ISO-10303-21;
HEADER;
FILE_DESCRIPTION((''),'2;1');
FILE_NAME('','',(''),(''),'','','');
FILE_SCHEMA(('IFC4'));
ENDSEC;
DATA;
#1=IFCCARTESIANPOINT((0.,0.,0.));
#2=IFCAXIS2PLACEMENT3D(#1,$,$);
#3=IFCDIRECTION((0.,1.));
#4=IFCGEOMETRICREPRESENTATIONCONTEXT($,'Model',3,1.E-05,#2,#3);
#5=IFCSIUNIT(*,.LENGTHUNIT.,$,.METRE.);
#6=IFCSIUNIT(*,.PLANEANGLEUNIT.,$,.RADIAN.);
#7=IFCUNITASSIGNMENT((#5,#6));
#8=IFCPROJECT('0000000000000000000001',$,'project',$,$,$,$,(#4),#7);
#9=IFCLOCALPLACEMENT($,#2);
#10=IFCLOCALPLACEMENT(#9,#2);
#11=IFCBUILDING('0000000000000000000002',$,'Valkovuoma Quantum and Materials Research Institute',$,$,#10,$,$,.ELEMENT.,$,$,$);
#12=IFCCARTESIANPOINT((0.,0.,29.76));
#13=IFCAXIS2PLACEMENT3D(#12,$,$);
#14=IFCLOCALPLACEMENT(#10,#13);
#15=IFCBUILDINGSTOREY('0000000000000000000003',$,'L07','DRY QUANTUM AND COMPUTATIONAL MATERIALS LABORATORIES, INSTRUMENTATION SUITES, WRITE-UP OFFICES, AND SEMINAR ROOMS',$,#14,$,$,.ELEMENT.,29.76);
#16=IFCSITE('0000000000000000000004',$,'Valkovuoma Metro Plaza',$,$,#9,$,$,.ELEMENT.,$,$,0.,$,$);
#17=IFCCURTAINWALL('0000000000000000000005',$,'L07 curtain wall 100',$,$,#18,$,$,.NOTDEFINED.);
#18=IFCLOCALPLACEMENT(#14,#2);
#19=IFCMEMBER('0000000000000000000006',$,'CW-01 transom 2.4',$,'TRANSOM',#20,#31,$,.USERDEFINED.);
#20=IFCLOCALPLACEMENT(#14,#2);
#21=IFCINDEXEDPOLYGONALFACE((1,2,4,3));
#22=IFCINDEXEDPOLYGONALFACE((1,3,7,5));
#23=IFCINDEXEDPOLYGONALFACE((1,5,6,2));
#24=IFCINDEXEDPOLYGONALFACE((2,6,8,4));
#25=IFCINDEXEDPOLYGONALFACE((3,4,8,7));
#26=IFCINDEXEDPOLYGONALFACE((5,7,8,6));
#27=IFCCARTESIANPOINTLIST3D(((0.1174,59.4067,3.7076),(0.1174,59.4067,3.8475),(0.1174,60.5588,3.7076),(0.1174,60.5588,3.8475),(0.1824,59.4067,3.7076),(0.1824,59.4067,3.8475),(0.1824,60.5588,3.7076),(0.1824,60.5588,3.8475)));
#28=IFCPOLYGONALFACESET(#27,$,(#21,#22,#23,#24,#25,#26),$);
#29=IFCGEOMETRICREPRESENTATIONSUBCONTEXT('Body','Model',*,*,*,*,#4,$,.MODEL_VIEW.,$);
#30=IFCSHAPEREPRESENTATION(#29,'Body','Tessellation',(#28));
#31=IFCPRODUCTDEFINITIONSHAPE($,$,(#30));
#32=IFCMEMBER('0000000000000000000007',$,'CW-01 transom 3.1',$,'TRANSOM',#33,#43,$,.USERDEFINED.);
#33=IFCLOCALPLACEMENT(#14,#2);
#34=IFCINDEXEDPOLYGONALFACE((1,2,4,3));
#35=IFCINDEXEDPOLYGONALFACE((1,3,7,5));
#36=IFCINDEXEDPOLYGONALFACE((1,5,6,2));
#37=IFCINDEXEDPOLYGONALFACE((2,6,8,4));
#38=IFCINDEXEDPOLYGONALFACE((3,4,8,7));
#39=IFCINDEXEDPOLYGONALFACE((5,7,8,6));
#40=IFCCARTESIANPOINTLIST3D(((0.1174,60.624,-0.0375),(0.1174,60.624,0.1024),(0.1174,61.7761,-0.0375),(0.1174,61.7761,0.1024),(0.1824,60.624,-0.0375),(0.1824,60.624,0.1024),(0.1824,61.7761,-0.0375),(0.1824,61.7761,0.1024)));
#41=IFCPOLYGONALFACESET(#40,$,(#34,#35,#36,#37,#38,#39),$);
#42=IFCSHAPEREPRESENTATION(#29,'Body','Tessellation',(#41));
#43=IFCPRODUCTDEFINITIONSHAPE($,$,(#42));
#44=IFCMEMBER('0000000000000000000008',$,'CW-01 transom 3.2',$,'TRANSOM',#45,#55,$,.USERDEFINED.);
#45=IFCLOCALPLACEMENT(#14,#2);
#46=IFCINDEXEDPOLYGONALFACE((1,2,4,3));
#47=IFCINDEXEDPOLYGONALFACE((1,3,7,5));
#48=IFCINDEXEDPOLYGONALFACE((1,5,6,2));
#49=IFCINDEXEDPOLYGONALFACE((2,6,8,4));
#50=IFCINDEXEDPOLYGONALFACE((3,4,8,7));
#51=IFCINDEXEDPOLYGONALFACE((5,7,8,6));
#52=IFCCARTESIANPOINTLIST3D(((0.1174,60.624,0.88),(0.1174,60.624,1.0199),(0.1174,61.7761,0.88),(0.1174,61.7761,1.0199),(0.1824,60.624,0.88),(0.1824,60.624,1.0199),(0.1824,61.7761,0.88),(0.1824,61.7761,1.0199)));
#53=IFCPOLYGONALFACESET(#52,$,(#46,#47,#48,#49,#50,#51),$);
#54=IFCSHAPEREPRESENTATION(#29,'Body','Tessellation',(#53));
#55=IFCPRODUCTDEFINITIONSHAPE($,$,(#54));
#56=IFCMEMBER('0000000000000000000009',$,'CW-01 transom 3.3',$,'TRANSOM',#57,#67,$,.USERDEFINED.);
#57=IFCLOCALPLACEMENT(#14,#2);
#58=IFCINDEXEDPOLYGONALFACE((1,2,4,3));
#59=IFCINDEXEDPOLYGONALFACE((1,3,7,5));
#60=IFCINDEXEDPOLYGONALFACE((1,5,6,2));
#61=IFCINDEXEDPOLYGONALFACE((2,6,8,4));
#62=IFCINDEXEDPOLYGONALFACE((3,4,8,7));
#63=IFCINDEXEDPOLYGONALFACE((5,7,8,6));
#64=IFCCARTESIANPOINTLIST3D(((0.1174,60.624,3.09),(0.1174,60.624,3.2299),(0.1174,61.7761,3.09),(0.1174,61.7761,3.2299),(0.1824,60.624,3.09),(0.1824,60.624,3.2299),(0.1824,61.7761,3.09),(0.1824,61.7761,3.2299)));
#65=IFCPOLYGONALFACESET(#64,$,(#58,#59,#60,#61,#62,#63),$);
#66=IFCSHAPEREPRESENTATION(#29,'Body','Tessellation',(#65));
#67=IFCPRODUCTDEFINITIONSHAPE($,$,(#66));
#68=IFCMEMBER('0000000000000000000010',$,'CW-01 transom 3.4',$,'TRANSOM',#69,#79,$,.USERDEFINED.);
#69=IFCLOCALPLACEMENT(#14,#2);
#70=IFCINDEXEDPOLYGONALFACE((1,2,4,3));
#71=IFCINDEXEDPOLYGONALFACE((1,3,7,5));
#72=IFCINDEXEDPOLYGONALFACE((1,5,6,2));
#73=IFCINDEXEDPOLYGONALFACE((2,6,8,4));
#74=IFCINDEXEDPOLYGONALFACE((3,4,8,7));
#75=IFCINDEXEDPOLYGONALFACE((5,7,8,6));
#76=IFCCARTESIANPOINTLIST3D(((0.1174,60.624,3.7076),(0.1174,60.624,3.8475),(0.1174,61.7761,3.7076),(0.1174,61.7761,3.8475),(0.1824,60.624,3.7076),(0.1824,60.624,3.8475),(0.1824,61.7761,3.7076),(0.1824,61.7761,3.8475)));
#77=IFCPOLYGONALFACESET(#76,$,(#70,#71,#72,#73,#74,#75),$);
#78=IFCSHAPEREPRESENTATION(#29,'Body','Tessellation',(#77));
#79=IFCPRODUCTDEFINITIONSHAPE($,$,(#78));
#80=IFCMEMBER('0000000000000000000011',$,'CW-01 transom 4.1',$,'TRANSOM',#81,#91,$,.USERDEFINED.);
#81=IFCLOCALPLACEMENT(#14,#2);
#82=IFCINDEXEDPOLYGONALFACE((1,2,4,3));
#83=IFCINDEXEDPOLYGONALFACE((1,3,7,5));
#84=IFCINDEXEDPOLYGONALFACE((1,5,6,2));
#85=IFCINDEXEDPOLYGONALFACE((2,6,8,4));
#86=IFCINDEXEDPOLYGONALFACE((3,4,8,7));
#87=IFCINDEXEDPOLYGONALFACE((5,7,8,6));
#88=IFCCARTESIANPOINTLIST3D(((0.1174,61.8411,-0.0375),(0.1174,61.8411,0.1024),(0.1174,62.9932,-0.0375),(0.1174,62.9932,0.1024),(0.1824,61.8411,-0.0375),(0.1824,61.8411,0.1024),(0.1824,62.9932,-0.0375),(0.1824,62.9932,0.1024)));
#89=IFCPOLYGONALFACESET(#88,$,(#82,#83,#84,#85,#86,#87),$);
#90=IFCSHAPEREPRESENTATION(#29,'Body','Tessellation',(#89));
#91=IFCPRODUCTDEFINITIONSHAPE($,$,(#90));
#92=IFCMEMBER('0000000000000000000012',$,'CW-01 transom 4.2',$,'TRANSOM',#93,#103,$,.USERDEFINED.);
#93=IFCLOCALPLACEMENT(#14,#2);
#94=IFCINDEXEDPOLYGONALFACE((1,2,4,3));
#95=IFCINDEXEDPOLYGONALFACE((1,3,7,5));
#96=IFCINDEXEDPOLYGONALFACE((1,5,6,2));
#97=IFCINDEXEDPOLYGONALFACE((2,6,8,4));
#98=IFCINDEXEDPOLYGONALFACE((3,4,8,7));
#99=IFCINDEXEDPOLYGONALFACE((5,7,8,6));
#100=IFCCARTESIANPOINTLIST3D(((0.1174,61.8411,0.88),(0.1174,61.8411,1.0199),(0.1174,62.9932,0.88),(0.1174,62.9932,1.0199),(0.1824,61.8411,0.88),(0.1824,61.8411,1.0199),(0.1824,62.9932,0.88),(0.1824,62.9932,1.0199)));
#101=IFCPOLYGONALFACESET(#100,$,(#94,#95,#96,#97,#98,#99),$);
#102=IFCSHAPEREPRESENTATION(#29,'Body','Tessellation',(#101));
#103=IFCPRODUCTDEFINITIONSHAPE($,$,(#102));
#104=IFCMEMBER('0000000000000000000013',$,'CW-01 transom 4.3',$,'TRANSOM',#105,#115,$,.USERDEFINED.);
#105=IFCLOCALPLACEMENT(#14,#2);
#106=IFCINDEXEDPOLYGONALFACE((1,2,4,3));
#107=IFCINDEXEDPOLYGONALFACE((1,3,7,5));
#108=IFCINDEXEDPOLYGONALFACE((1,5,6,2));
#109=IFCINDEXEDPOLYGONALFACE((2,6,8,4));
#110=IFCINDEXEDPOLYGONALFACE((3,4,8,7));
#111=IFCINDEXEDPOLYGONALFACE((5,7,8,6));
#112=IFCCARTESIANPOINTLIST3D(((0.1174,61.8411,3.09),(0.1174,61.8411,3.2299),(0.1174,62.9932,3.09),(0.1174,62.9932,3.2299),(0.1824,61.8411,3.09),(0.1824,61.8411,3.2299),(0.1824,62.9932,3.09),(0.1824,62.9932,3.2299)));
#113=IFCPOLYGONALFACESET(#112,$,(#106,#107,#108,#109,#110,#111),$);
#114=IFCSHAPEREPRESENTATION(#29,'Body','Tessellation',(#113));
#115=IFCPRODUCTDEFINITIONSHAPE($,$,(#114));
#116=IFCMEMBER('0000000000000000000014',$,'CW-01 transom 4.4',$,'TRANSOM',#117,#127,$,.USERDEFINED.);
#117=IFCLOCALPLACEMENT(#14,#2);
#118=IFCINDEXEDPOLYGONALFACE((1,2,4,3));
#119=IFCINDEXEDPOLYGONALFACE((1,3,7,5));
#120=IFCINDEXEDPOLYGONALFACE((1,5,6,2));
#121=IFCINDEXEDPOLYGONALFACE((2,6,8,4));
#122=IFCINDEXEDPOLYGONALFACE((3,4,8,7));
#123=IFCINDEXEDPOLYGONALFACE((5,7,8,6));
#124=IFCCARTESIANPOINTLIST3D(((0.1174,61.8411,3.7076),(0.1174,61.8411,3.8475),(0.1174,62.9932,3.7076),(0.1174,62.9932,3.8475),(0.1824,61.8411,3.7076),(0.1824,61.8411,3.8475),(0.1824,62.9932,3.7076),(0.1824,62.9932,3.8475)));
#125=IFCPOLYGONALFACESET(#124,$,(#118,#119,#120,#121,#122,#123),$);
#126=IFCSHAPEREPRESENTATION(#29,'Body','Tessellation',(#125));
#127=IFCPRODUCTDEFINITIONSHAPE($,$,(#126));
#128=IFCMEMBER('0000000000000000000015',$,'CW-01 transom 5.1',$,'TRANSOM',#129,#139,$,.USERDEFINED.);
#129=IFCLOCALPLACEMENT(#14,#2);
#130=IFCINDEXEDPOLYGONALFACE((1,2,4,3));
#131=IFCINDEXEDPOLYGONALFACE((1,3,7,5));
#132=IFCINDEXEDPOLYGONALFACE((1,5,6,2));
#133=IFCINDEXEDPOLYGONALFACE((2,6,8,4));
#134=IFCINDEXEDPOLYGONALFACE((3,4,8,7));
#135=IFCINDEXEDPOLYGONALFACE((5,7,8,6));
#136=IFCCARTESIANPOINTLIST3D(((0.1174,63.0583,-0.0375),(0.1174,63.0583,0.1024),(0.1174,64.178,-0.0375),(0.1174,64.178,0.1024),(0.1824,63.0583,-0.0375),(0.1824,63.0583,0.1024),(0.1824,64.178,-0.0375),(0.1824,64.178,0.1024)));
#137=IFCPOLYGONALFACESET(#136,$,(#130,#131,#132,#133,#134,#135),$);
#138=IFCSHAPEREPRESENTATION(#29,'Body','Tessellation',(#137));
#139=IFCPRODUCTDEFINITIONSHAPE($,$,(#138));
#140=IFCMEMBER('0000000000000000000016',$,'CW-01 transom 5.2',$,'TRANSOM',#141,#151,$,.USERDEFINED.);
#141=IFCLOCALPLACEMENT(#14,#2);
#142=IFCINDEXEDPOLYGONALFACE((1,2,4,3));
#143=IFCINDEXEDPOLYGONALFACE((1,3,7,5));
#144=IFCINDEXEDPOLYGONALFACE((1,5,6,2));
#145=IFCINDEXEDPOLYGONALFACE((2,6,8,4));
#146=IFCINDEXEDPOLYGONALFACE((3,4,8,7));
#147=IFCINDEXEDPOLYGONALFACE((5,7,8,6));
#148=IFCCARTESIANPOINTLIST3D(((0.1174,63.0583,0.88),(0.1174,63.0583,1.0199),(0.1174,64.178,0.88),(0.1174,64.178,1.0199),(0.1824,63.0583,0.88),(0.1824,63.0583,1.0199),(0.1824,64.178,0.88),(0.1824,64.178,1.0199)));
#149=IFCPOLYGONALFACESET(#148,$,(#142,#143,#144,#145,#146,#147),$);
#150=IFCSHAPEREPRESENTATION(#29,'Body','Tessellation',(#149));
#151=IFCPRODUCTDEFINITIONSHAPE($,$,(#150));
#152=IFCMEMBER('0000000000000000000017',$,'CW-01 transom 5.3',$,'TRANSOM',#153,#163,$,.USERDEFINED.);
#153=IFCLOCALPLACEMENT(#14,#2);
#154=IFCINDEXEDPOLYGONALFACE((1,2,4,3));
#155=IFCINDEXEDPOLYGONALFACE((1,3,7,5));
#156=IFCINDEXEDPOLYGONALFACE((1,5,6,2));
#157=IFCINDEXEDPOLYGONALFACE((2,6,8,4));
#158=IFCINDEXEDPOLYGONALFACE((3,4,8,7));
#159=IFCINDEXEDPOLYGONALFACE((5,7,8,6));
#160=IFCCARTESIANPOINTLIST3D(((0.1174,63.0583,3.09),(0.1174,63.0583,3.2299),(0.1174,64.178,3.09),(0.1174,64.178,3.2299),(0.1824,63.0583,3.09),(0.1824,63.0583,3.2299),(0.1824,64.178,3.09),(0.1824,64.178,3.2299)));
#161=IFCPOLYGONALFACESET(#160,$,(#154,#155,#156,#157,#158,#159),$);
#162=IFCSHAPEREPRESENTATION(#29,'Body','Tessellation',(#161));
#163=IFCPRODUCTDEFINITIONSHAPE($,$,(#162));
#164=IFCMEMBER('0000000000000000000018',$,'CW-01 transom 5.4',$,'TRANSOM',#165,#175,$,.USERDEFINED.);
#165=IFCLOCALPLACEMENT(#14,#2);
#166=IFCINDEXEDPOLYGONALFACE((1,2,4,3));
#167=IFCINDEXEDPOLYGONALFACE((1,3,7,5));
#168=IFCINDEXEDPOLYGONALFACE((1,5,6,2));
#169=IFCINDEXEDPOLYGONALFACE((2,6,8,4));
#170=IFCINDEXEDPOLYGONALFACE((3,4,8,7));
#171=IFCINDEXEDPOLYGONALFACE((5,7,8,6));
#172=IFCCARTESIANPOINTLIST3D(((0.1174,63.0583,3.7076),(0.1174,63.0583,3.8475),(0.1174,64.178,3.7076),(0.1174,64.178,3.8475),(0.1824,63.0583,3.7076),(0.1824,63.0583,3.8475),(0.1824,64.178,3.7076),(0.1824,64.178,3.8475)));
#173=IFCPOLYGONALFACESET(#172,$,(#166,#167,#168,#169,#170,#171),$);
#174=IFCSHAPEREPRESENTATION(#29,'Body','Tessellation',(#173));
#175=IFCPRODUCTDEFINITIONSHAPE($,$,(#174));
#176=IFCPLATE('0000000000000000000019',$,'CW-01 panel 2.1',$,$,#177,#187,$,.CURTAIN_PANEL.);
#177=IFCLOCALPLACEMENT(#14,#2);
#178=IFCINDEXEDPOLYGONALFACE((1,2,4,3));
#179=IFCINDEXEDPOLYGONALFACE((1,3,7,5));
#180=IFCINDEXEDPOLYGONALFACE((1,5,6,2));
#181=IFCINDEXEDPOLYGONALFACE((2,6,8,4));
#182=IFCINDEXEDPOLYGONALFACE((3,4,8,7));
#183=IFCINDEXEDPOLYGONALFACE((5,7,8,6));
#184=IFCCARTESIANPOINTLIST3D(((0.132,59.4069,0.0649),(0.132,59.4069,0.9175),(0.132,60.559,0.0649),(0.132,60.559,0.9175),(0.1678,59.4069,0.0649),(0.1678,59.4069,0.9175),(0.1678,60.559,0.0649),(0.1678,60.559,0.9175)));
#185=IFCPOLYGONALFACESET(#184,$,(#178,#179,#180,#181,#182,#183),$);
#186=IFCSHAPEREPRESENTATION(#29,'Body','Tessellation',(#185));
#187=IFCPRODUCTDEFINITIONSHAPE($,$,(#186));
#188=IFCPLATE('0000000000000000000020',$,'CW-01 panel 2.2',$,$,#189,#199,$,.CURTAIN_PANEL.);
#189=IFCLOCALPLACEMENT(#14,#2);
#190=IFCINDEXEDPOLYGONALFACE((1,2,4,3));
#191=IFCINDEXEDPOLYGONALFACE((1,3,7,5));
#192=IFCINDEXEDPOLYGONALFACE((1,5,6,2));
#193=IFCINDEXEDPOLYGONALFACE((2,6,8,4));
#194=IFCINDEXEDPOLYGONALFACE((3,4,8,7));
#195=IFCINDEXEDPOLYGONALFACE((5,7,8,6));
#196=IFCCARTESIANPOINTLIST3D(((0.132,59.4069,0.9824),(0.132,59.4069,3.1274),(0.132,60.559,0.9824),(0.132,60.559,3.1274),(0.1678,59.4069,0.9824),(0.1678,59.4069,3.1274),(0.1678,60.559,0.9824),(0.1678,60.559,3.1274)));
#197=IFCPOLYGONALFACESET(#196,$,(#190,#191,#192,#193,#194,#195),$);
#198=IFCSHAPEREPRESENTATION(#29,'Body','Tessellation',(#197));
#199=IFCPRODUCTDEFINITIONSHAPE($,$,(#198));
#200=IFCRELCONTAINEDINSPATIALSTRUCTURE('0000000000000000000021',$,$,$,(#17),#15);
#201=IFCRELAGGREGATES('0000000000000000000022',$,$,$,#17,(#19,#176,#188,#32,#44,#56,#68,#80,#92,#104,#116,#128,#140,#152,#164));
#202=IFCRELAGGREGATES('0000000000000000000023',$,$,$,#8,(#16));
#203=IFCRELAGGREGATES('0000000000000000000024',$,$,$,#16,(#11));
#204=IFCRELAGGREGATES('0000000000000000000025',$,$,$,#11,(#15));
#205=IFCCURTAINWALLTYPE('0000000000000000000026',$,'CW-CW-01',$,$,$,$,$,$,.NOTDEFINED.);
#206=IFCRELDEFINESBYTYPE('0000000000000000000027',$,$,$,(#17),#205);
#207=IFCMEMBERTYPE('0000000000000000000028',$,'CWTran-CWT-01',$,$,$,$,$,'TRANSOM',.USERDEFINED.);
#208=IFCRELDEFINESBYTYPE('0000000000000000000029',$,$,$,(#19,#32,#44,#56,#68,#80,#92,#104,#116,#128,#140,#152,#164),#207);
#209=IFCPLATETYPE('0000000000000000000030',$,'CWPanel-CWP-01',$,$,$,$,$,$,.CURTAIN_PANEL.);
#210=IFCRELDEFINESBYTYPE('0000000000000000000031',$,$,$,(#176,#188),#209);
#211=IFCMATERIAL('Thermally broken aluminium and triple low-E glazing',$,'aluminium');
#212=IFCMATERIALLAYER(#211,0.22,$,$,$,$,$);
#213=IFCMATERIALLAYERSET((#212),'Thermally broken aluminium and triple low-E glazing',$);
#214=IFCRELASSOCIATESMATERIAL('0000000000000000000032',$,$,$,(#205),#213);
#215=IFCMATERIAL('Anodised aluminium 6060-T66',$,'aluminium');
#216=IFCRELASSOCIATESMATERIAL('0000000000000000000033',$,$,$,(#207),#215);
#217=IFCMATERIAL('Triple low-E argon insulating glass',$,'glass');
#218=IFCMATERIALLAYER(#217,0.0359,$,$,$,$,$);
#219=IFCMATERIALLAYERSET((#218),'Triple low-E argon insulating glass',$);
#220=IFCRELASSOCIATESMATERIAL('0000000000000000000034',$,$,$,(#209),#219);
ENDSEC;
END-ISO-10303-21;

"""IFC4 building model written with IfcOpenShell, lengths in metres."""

from ifc_helpers import new_model, si_unit, direction, frame, origin, origin_2d, place, context, subcontext, project, spatial, rectangle, extrude, material, layer, layer_set, material_profile, profile_set, type_object, element, aggregate, save


model = new_model("IFC4")

# Units and contexts
model_context = context("Model", 3, precision=1e-05, world=origin(), true_north=direction((0.0, 1.0)))
body_context = subcontext(model_context, "Body", "Model", "MODEL_VIEW")
ifc_project = project(units=[si_unit("LENGTHUNIT", "METRE"), si_unit("PLANEANGLEUNIT", "RADIAN")], contexts=[model_context])

# Site, building, storey
site_placement = place(None, origin())
site = spatial("IfcSite", under=ifc_project, at=site_placement, Name="Valkovuoma Metro Plaza", CompositionType="ELEMENT", RefElevation=0.0)
building_placement = place(site_placement, origin())
building = spatial("IfcBuilding", under=site, at=building_placement, Name="Valkovuoma Quantum and Materials Research Institute", CompositionType="ELEMENT")
storey_placement = place(building_placement, frame((0.0, 0.0, 29.76)))
storey = spatial("IfcBuildingStorey", under=building, at=storey_placement, Name="L07", Description="DRY QUANTUM AND COMPUTATIONAL MATERIALS LABORATORIES, INSTRUMENTATION SUITES, WRITE-UP OFFICES, AND SEMINAR ROOMS", CompositionType="ELEMENT", Elevation=29.76)

# Curtain wall, members, plates
ifc_material_1 = material(Name="Thermally broken aluminium and triple low-E glazing", Category="aluminium")
ifc_layer_1 = layer(ifc_material_1, 0.22)
ifc_layer_set_1 = layer_set([ifc_layer_1], Name="Thermally broken aluminium and triple low-E glazing")
curtain_wall_type = type_object("IfcCurtainWallType", Name="CW-CW-01", PredefinedType="NOTDEFINED", material=ifc_layer_set_1)
curtain_wall_placement = place(storey_placement, origin())
curtain_wall = element("IfcCurtainWall", 1, at=curtain_wall_placement, inside=storey, type_object=curtain_wall_type, Name="L07 curtain wall 100", PredefinedType="NOTDEFINED")
ifc_material_2 = material(Name="Anodised aluminium 6060-T66", Category="aluminium")
ifc_material_profile_1 = material_profile(ifc_material_2, rectangle(XDim=0.0649, YDim=0.1399, at=origin_2d()), Name="Anodised aluminium 6060-T66")
ifc_profile_set_1 = profile_set([ifc_material_profile_1], Name="Anodised aluminium 6060-T66")
member_type_1 = type_object("IfcMemberType", Name="CWTran-CWT-01", ElementType="TRANSOM", PredefinedType="USERDEFINED", material=ifc_profile_set_1)
member_1_placement = place(storey_placement, frame((0.1499, 59.4067, 3.7776), z_axis=(0.0, 1.0, 0.0), x_axis=(-1.0, 0.0, 0.0)))
member_1 = element("IfcMember", 2, at=member_1_placement, type_object=member_type_1, Name="CW-01 transom 2.4", ObjectType="TRANSOM", PredefinedType="USERDEFINED", context=body_context, shape_type="SweptSolid", body=[
    extrude(rectangle(XDim=0.0649, YDim=0.1399, at=origin_2d()), origin(), (0.0, 0.0, 1.0), 1.1521),
])
member_2_placement = place(storey_placement, frame((0.1499, 60.624, 0.0325), z_axis=(0.0, 1.0, 0.0), x_axis=(-1.0, 0.0, 0.0)))
member_2 = element("IfcMember", 3, at=member_2_placement, type_object=member_type_1, Name="CW-01 transom 3.1", ObjectType="TRANSOM", PredefinedType="USERDEFINED", context=body_context, shape_type="SweptSolid", body=[
    extrude(rectangle(XDim=0.0649, YDim=0.1399, at=origin_2d()), origin(), (0.0, 0.0, 1.0), 1.1521),
])
member_3_placement = place(storey_placement, frame((0.1499, 60.624, 0.95), z_axis=(0.0, 1.0, 0.0), x_axis=(-1.0, 0.0, 0.0)))
member_3 = element("IfcMember", 4, at=member_3_placement, type_object=member_type_1, Name="CW-01 transom 3.2", ObjectType="TRANSOM", PredefinedType="USERDEFINED", context=body_context, shape_type="SweptSolid", body=[
    extrude(rectangle(XDim=0.0649, YDim=0.1399, at=origin_2d()), origin(), (0.0, 0.0, 1.0), 1.1521),
])
member_4_placement = place(storey_placement, frame((0.1499, 60.624, 3.1599), z_axis=(0.0, 1.0, 0.0), x_axis=(-1.0, 0.0, 0.0)))
member_4 = element("IfcMember", 5, at=member_4_placement, type_object=member_type_1, Name="CW-01 transom 3.3", ObjectType="TRANSOM", PredefinedType="USERDEFINED", context=body_context, shape_type="SweptSolid", body=[
    extrude(rectangle(XDim=0.0649, YDim=0.1399, at=origin_2d()), origin(), (0.0, 0.0, 1.0), 1.1521),
])
member_5_placement = place(storey_placement, frame((0.1499, 60.624, 3.7776), z_axis=(0.0, 1.0, 0.0), x_axis=(-1.0, 0.0, 0.0)))
member_5 = element("IfcMember", 6, at=member_5_placement, type_object=member_type_1, Name="CW-01 transom 3.4", ObjectType="TRANSOM", PredefinedType="USERDEFINED", context=body_context, shape_type="SweptSolid", body=[
    extrude(rectangle(XDim=0.0649, YDim=0.1399, at=origin_2d()), origin(), (0.0, 0.0, 1.0), 1.1521),
])
member_6_placement = place(storey_placement, frame((0.1499, 61.8411, 0.0325), z_axis=(0.0, 1.0, 0.0), x_axis=(-1.0, 0.0, 0.0)))
member_6 = element("IfcMember", 7, at=member_6_placement, type_object=member_type_1, Name="CW-01 transom 4.1", ObjectType="TRANSOM", PredefinedType="USERDEFINED", context=body_context, shape_type="SweptSolid", body=[
    extrude(rectangle(XDim=0.0649, YDim=0.1399, at=origin_2d()), origin(), (0.0, 0.0, 1.0), 1.1521),
])
member_7_placement = place(storey_placement, frame((0.1499, 61.8411, 0.95), z_axis=(0.0, 1.0, 0.0), x_axis=(-1.0, 0.0, 0.0)))
member_7 = element("IfcMember", 8, at=member_7_placement, type_object=member_type_1, Name="CW-01 transom 4.2", ObjectType="TRANSOM", PredefinedType="USERDEFINED", context=body_context, shape_type="SweptSolid", body=[
    extrude(rectangle(XDim=0.0649, YDim=0.1399, at=origin_2d()), origin(), (0.0, 0.0, 1.0), 1.1521),
])
member_8_placement = place(storey_placement, frame((0.1499, 61.8411, 3.1599), z_axis=(0.0, 1.0, 0.0), x_axis=(-1.0, 0.0, 0.0)))
member_8 = element("IfcMember", 9, at=member_8_placement, type_object=member_type_1, Name="CW-01 transom 4.3", ObjectType="TRANSOM", PredefinedType="USERDEFINED", context=body_context, shape_type="SweptSolid", body=[
    extrude(rectangle(XDim=0.0649, YDim=0.1399, at=origin_2d()), origin(), (0.0, 0.0, 1.0), 1.1521),
])
member_9_placement = place(storey_placement, frame((0.1499, 61.8411, 3.7776), z_axis=(0.0, 1.0, 0.0), x_axis=(-1.0, 0.0, 0.0)))
member_9 = element("IfcMember", 10, at=member_9_placement, type_object=member_type_1, Name="CW-01 transom 4.4", ObjectType="TRANSOM", PredefinedType="USERDEFINED", context=body_context, shape_type="SweptSolid", body=[
    extrude(rectangle(XDim=0.0649, YDim=0.1399, at=origin_2d()), origin(), (0.0, 0.0, 1.0), 1.1521),
])
member_10_placement = place(storey_placement, frame((0.1499, 63.0583, 0.0325), z_axis=(0.0, 1.0, 0.0), x_axis=(-1.0, 0.0, 0.0)))
member_10 = element("IfcMember", 11, at=member_10_placement, type_object=member_type_1, Name="CW-01 transom 5.1", ObjectType="TRANSOM", PredefinedType="USERDEFINED", context=body_context, shape_type="SweptSolid", body=[
    extrude(rectangle(XDim=0.0649, YDim=0.1399, at=origin_2d()), origin(), (0.0, 0.0, 1.0), 1.1196),
])
member_11_placement = place(storey_placement, frame((0.1499, 63.0583, 0.95), z_axis=(0.0, 1.0, 0.0), x_axis=(-1.0, 0.0, 0.0)))
member_11 = element("IfcMember", 12, at=member_11_placement, type_object=member_type_1, Name="CW-01 transom 5.2", ObjectType="TRANSOM", PredefinedType="USERDEFINED", context=body_context, shape_type="SweptSolid", body=[
    extrude(rectangle(XDim=0.0649, YDim=0.1399, at=origin_2d()), origin(), (0.0, 0.0, 1.0), 1.1196),
])
member_12_placement = place(storey_placement, frame((0.1499, 63.0583, 3.1599), z_axis=(0.0, 1.0, 0.0), x_axis=(-1.0, 0.0, 0.0)))
member_12 = element("IfcMember", 13, at=member_12_placement, type_object=member_type_1, Name="CW-01 transom 5.3", ObjectType="TRANSOM", PredefinedType="USERDEFINED", context=body_context, shape_type="SweptSolid", body=[
    extrude(rectangle(XDim=0.0649, YDim=0.1399, at=origin_2d()), origin(), (0.0, 0.0, 1.0), 1.1196),
])
member_13_placement = place(storey_placement, frame((0.1499, 63.0583, 3.7776), z_axis=(0.0, 1.0, 0.0), x_axis=(-1.0, 0.0, 0.0)))
member_13 = element("IfcMember", 14, at=member_13_placement, type_object=member_type_1, Name="CW-01 transom 5.4", ObjectType="TRANSOM", PredefinedType="USERDEFINED", context=body_context, shape_type="SweptSolid", body=[
    extrude(rectangle(XDim=0.0649, YDim=0.1399, at=origin_2d()), origin(), (0.0, 0.0, 1.0), 1.1196),
])
ifc_material_3 = material(Name="Triple low-E argon insulating glass", Category="glass")
ifc_layer_2 = layer(ifc_material_3, 0.0359)
ifc_layer_set_2 = layer_set([ifc_layer_2], Name="Triple low-E argon insulating glass")
plate_type = type_object("IfcPlateType", Name="CWPanel-CWP-01", PredefinedType="CURTAIN_PANEL", material=ifc_layer_set_2)
plate_1_placement = place(storey_placement, frame((0.1499, 59.9829, 0.0649), z_axis=(0.0, 0.0, 1.0), x_axis=(0.0, 1.0, 0.0)))
plate_1 = element("IfcPlate", 15, at=plate_1_placement, type_object=plate_type, Name="CW-01 panel 2.1", PredefinedType="CURTAIN_PANEL", context=body_context, shape_type="SweptSolid", body=[
    extrude(rectangle(XDim=1.1521, YDim=0.0359, at=origin_2d()), origin(), (0.0, 0.0, 1.0), 0.8525),
])
plate_2_placement = place(storey_placement, frame((0.1499, 59.9829, 0.9824), z_axis=(0.0, 0.0, 1.0), x_axis=(0.0, 1.0, 0.0)))
plate_2 = element("IfcPlate", 16, at=plate_2_placement, type_object=plate_type, Name="CW-01 panel 2.2", PredefinedType="CURTAIN_PANEL", context=body_context, shape_type="SweptSolid", body=[
    extrude(rectangle(XDim=1.1521, YDim=0.0359, at=origin_2d()), origin(), (0.0, 0.0, 1.0), 2.145),
])
aggregate(curtain_wall, [member_1, plate_1, plate_2, member_2, member_3, member_4, member_5, member_6, member_7, member_8, member_9, member_10, member_11, member_12, member_13])

save(model, "model.ifc")
